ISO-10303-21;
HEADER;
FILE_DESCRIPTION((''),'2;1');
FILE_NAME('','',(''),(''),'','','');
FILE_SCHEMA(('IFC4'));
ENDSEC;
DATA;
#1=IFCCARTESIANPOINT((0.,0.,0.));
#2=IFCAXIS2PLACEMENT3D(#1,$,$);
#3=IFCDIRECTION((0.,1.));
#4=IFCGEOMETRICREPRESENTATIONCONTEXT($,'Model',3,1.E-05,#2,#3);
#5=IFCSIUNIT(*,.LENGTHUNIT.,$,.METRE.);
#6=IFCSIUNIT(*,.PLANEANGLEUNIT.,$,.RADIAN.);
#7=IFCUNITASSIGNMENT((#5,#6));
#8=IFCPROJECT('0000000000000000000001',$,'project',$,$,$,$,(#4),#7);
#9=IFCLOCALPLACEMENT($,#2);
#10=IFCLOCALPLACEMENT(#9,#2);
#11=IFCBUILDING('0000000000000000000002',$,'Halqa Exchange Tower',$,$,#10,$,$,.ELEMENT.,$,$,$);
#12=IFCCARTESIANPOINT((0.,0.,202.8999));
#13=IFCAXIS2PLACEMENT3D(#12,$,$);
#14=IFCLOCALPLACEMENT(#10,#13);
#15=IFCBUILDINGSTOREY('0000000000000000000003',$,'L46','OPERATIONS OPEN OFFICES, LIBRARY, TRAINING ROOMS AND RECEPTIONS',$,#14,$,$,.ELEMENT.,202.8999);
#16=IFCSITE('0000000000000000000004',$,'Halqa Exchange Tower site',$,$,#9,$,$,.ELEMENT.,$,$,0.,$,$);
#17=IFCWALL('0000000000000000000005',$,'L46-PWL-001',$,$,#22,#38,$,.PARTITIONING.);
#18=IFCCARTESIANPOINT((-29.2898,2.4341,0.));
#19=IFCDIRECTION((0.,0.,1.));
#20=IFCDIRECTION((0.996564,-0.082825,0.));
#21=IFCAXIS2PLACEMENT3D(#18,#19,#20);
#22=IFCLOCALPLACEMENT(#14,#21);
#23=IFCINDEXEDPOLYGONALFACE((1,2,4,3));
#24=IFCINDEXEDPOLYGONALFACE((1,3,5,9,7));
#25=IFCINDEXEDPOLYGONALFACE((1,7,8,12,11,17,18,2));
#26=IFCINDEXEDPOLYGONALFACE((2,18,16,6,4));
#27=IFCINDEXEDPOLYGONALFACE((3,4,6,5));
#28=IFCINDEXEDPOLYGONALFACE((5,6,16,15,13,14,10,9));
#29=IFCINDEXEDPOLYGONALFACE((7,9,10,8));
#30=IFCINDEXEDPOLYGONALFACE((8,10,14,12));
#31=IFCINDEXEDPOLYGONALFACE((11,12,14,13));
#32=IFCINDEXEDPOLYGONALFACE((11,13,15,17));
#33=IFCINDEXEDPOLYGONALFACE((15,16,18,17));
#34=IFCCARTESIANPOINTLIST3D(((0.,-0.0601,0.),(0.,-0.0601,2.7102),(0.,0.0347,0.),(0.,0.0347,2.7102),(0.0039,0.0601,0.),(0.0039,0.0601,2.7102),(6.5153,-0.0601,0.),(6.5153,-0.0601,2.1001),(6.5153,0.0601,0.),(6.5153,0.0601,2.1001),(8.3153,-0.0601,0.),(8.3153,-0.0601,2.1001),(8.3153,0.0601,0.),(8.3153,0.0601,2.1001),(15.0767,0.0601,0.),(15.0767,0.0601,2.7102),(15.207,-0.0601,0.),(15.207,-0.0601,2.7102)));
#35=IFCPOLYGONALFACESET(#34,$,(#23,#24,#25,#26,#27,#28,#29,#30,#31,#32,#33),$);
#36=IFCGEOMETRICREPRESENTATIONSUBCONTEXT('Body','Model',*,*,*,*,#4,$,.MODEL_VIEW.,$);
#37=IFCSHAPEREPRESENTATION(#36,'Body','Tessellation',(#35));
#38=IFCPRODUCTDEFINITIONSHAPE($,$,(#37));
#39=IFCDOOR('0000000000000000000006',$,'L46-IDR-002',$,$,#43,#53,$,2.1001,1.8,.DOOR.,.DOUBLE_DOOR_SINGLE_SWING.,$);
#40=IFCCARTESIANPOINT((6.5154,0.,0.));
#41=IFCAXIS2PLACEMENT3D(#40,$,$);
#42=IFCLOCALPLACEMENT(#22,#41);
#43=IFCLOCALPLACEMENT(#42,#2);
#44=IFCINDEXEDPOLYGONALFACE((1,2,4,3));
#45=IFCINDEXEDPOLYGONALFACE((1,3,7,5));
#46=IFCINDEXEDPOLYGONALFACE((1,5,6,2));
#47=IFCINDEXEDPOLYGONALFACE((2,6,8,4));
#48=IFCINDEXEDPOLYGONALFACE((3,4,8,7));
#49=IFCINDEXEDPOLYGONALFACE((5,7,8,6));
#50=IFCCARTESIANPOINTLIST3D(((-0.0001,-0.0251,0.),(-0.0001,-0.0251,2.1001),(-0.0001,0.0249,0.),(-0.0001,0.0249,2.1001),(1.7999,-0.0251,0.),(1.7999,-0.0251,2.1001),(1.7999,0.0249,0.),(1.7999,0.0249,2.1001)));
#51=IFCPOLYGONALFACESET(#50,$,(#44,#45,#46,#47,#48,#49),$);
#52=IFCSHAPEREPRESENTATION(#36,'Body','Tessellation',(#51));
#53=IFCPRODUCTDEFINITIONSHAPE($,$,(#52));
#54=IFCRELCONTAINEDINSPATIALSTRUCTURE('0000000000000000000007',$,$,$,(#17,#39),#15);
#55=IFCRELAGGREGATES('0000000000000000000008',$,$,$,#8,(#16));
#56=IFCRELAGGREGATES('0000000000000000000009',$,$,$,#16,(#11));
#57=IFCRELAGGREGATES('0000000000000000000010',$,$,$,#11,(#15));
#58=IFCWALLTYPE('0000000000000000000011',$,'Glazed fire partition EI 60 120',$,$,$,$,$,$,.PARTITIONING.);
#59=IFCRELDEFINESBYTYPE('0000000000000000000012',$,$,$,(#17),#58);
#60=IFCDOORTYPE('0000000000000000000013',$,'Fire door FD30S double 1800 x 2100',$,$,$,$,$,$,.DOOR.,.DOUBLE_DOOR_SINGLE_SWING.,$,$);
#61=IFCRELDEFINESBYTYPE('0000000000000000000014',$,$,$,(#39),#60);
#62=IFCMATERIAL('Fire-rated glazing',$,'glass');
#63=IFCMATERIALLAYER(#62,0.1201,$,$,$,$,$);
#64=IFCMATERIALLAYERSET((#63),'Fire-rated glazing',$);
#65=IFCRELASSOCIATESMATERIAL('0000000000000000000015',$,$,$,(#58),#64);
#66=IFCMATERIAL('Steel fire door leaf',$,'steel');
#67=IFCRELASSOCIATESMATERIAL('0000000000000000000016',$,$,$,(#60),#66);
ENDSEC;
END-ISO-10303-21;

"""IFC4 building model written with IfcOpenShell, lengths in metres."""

from ifc_helpers import new_model, si_unit, direction, frame, frame_2d, origin, place, context, subcontext, project, spatial, polyline, rectangle, outline, extrude, material, layer, layer_set, type_object, element, fill, save


model = new_model("IFC4")

# Units and contexts
model_context = context("Model", 3, precision=1e-05, world=origin(), true_north=direction((0.0, 1.0)))
body_context = subcontext(model_context, "Body", "Model", "MODEL_VIEW")
ifc_project = project(units=[si_unit("LENGTHUNIT", "METRE"), si_unit("PLANEANGLEUNIT", "RADIAN")], contexts=[model_context])

# Site, building, storey
site_placement = place(None, origin())
site = spatial("IfcSite", under=ifc_project, at=site_placement, Name="Halqa Exchange Tower site", CompositionType="ELEMENT", RefElevation=0.0)
building_placement = place(site_placement, origin())
building = spatial("IfcBuilding", under=site, at=building_placement, Name="Halqa Exchange Tower", CompositionType="ELEMENT")
storey_placement = place(building_placement, frame((0.0, 0.0, 202.8999)))
storey = spatial("IfcBuildingStorey", under=building, at=storey_placement, Name="L46", Description="OPERATIONS OPEN OFFICES, LIBRARY, TRAINING ROOMS AND RECEPTIONS", CompositionType="ELEMENT", Elevation=202.8999)

# Wall, opening, door
ifc_material_1 = material(Name="Fire-rated glazing", Category="glass")
ifc_layer_1 = layer(ifc_material_1, 0.1201)
ifc_layer_set_1 = layer_set([ifc_layer_1], Name="Fire-rated glazing")
wall_type_1 = type_object("IfcWallType", Name="Glazed fire partition EI 60 120", PredefinedType="PARTITIONING", material=ifc_layer_set_1)
wall_1_placement = place(storey_placement, frame((-29.2898, 2.4341, 0.0), z_axis=(0.0, 0.0, 1.0), x_axis=(0.996564, -0.082825, 0.0)))
wall_1 = element("IfcWall", 1, at=wall_1_placement, inside=storey, type_object=wall_type_1, Name="L46-PWL-001", PredefinedType="PARTITIONING", context=body_context, shape_type="SweptSolid", body=[
    extrude(outline(polyline([(15.207, -0.0601), (15.207, -0.0601), (15.207, -0.0601), (15.207, -0.0601), (15.1418, 0.0), (15.0767, 0.0601), (13.1924, 0.0601), (11.3083, 0.0601), (9.4243, 0.0601), (7.5403, 0.0601), (5.656, 0.0601), (3.772, 0.0601), (1.8879, 0.0601), (0.0039, 0.0601), (0.0, 0.0347), (0.0, -0.0601), (1.9009, -0.0601), (3.8018, -0.0601), (5.7026, -0.0601), (7.6035, -0.0601), (9.5044, -0.0601), (11.4053, -0.0601), (13.3062, -0.0601), (15.207, -0.0601)])), origin(), (0.0, 0.0, 1.0), 2.7102),
])
opening_1_placement = place(wall_1_placement, frame((6.5154, 0.0, 0.0)))
opening_1 = element("IfcOpeningElement", 2, at=opening_1_placement, cuts=wall_1, PredefinedType="OPENING", context=body_context, shape_type="SweptSolid", body=[
    extrude(rectangle(XDim=1.8, YDim=2.1001, at=frame_2d((0.8999, 1.05))), frame((0.0, 0.072, 0.0), z_axis=(0.0, -1.0, 0.0), x_axis=(1.0, 0.0, 0.0)), (0.0, 0.0, 1.0), 0.144),
])
ifc_material_2 = material(Name="Steel fire door leaf", Category="steel")
door_type_1 = type_object("IfcDoorType", Name="Fire door FD30S double 1800 x 2100", OperationType="DOUBLE_DOOR_SINGLE_SWING", PredefinedType="DOOR", material=ifc_material_2)
door_1_placement = place(opening_1_placement, origin())
door_1 = element("IfcDoor", 3, at=door_1_placement, inside=storey, type_object=door_type_1, Name="L46-IDR-002", OperationType="DOUBLE_DOOR_SINGLE_SWING", OverallHeight=2.1001, OverallWidth=1.8, PredefinedType="DOOR", context=body_context, shape_type="SweptSolid", body=[
    extrude(rectangle(XDim=1.8, YDim=2.1001, at=frame_2d((0.8999, 1.05))), frame((0.0, 0.0249, 0.0), z_axis=(0.0, -1.0, 0.0), x_axis=(1.0, 0.0, 0.0)), (0.0, 0.0, 1.0), 0.05),
])
fill(opening_1, door_1)

save(model, "model.ifc")
